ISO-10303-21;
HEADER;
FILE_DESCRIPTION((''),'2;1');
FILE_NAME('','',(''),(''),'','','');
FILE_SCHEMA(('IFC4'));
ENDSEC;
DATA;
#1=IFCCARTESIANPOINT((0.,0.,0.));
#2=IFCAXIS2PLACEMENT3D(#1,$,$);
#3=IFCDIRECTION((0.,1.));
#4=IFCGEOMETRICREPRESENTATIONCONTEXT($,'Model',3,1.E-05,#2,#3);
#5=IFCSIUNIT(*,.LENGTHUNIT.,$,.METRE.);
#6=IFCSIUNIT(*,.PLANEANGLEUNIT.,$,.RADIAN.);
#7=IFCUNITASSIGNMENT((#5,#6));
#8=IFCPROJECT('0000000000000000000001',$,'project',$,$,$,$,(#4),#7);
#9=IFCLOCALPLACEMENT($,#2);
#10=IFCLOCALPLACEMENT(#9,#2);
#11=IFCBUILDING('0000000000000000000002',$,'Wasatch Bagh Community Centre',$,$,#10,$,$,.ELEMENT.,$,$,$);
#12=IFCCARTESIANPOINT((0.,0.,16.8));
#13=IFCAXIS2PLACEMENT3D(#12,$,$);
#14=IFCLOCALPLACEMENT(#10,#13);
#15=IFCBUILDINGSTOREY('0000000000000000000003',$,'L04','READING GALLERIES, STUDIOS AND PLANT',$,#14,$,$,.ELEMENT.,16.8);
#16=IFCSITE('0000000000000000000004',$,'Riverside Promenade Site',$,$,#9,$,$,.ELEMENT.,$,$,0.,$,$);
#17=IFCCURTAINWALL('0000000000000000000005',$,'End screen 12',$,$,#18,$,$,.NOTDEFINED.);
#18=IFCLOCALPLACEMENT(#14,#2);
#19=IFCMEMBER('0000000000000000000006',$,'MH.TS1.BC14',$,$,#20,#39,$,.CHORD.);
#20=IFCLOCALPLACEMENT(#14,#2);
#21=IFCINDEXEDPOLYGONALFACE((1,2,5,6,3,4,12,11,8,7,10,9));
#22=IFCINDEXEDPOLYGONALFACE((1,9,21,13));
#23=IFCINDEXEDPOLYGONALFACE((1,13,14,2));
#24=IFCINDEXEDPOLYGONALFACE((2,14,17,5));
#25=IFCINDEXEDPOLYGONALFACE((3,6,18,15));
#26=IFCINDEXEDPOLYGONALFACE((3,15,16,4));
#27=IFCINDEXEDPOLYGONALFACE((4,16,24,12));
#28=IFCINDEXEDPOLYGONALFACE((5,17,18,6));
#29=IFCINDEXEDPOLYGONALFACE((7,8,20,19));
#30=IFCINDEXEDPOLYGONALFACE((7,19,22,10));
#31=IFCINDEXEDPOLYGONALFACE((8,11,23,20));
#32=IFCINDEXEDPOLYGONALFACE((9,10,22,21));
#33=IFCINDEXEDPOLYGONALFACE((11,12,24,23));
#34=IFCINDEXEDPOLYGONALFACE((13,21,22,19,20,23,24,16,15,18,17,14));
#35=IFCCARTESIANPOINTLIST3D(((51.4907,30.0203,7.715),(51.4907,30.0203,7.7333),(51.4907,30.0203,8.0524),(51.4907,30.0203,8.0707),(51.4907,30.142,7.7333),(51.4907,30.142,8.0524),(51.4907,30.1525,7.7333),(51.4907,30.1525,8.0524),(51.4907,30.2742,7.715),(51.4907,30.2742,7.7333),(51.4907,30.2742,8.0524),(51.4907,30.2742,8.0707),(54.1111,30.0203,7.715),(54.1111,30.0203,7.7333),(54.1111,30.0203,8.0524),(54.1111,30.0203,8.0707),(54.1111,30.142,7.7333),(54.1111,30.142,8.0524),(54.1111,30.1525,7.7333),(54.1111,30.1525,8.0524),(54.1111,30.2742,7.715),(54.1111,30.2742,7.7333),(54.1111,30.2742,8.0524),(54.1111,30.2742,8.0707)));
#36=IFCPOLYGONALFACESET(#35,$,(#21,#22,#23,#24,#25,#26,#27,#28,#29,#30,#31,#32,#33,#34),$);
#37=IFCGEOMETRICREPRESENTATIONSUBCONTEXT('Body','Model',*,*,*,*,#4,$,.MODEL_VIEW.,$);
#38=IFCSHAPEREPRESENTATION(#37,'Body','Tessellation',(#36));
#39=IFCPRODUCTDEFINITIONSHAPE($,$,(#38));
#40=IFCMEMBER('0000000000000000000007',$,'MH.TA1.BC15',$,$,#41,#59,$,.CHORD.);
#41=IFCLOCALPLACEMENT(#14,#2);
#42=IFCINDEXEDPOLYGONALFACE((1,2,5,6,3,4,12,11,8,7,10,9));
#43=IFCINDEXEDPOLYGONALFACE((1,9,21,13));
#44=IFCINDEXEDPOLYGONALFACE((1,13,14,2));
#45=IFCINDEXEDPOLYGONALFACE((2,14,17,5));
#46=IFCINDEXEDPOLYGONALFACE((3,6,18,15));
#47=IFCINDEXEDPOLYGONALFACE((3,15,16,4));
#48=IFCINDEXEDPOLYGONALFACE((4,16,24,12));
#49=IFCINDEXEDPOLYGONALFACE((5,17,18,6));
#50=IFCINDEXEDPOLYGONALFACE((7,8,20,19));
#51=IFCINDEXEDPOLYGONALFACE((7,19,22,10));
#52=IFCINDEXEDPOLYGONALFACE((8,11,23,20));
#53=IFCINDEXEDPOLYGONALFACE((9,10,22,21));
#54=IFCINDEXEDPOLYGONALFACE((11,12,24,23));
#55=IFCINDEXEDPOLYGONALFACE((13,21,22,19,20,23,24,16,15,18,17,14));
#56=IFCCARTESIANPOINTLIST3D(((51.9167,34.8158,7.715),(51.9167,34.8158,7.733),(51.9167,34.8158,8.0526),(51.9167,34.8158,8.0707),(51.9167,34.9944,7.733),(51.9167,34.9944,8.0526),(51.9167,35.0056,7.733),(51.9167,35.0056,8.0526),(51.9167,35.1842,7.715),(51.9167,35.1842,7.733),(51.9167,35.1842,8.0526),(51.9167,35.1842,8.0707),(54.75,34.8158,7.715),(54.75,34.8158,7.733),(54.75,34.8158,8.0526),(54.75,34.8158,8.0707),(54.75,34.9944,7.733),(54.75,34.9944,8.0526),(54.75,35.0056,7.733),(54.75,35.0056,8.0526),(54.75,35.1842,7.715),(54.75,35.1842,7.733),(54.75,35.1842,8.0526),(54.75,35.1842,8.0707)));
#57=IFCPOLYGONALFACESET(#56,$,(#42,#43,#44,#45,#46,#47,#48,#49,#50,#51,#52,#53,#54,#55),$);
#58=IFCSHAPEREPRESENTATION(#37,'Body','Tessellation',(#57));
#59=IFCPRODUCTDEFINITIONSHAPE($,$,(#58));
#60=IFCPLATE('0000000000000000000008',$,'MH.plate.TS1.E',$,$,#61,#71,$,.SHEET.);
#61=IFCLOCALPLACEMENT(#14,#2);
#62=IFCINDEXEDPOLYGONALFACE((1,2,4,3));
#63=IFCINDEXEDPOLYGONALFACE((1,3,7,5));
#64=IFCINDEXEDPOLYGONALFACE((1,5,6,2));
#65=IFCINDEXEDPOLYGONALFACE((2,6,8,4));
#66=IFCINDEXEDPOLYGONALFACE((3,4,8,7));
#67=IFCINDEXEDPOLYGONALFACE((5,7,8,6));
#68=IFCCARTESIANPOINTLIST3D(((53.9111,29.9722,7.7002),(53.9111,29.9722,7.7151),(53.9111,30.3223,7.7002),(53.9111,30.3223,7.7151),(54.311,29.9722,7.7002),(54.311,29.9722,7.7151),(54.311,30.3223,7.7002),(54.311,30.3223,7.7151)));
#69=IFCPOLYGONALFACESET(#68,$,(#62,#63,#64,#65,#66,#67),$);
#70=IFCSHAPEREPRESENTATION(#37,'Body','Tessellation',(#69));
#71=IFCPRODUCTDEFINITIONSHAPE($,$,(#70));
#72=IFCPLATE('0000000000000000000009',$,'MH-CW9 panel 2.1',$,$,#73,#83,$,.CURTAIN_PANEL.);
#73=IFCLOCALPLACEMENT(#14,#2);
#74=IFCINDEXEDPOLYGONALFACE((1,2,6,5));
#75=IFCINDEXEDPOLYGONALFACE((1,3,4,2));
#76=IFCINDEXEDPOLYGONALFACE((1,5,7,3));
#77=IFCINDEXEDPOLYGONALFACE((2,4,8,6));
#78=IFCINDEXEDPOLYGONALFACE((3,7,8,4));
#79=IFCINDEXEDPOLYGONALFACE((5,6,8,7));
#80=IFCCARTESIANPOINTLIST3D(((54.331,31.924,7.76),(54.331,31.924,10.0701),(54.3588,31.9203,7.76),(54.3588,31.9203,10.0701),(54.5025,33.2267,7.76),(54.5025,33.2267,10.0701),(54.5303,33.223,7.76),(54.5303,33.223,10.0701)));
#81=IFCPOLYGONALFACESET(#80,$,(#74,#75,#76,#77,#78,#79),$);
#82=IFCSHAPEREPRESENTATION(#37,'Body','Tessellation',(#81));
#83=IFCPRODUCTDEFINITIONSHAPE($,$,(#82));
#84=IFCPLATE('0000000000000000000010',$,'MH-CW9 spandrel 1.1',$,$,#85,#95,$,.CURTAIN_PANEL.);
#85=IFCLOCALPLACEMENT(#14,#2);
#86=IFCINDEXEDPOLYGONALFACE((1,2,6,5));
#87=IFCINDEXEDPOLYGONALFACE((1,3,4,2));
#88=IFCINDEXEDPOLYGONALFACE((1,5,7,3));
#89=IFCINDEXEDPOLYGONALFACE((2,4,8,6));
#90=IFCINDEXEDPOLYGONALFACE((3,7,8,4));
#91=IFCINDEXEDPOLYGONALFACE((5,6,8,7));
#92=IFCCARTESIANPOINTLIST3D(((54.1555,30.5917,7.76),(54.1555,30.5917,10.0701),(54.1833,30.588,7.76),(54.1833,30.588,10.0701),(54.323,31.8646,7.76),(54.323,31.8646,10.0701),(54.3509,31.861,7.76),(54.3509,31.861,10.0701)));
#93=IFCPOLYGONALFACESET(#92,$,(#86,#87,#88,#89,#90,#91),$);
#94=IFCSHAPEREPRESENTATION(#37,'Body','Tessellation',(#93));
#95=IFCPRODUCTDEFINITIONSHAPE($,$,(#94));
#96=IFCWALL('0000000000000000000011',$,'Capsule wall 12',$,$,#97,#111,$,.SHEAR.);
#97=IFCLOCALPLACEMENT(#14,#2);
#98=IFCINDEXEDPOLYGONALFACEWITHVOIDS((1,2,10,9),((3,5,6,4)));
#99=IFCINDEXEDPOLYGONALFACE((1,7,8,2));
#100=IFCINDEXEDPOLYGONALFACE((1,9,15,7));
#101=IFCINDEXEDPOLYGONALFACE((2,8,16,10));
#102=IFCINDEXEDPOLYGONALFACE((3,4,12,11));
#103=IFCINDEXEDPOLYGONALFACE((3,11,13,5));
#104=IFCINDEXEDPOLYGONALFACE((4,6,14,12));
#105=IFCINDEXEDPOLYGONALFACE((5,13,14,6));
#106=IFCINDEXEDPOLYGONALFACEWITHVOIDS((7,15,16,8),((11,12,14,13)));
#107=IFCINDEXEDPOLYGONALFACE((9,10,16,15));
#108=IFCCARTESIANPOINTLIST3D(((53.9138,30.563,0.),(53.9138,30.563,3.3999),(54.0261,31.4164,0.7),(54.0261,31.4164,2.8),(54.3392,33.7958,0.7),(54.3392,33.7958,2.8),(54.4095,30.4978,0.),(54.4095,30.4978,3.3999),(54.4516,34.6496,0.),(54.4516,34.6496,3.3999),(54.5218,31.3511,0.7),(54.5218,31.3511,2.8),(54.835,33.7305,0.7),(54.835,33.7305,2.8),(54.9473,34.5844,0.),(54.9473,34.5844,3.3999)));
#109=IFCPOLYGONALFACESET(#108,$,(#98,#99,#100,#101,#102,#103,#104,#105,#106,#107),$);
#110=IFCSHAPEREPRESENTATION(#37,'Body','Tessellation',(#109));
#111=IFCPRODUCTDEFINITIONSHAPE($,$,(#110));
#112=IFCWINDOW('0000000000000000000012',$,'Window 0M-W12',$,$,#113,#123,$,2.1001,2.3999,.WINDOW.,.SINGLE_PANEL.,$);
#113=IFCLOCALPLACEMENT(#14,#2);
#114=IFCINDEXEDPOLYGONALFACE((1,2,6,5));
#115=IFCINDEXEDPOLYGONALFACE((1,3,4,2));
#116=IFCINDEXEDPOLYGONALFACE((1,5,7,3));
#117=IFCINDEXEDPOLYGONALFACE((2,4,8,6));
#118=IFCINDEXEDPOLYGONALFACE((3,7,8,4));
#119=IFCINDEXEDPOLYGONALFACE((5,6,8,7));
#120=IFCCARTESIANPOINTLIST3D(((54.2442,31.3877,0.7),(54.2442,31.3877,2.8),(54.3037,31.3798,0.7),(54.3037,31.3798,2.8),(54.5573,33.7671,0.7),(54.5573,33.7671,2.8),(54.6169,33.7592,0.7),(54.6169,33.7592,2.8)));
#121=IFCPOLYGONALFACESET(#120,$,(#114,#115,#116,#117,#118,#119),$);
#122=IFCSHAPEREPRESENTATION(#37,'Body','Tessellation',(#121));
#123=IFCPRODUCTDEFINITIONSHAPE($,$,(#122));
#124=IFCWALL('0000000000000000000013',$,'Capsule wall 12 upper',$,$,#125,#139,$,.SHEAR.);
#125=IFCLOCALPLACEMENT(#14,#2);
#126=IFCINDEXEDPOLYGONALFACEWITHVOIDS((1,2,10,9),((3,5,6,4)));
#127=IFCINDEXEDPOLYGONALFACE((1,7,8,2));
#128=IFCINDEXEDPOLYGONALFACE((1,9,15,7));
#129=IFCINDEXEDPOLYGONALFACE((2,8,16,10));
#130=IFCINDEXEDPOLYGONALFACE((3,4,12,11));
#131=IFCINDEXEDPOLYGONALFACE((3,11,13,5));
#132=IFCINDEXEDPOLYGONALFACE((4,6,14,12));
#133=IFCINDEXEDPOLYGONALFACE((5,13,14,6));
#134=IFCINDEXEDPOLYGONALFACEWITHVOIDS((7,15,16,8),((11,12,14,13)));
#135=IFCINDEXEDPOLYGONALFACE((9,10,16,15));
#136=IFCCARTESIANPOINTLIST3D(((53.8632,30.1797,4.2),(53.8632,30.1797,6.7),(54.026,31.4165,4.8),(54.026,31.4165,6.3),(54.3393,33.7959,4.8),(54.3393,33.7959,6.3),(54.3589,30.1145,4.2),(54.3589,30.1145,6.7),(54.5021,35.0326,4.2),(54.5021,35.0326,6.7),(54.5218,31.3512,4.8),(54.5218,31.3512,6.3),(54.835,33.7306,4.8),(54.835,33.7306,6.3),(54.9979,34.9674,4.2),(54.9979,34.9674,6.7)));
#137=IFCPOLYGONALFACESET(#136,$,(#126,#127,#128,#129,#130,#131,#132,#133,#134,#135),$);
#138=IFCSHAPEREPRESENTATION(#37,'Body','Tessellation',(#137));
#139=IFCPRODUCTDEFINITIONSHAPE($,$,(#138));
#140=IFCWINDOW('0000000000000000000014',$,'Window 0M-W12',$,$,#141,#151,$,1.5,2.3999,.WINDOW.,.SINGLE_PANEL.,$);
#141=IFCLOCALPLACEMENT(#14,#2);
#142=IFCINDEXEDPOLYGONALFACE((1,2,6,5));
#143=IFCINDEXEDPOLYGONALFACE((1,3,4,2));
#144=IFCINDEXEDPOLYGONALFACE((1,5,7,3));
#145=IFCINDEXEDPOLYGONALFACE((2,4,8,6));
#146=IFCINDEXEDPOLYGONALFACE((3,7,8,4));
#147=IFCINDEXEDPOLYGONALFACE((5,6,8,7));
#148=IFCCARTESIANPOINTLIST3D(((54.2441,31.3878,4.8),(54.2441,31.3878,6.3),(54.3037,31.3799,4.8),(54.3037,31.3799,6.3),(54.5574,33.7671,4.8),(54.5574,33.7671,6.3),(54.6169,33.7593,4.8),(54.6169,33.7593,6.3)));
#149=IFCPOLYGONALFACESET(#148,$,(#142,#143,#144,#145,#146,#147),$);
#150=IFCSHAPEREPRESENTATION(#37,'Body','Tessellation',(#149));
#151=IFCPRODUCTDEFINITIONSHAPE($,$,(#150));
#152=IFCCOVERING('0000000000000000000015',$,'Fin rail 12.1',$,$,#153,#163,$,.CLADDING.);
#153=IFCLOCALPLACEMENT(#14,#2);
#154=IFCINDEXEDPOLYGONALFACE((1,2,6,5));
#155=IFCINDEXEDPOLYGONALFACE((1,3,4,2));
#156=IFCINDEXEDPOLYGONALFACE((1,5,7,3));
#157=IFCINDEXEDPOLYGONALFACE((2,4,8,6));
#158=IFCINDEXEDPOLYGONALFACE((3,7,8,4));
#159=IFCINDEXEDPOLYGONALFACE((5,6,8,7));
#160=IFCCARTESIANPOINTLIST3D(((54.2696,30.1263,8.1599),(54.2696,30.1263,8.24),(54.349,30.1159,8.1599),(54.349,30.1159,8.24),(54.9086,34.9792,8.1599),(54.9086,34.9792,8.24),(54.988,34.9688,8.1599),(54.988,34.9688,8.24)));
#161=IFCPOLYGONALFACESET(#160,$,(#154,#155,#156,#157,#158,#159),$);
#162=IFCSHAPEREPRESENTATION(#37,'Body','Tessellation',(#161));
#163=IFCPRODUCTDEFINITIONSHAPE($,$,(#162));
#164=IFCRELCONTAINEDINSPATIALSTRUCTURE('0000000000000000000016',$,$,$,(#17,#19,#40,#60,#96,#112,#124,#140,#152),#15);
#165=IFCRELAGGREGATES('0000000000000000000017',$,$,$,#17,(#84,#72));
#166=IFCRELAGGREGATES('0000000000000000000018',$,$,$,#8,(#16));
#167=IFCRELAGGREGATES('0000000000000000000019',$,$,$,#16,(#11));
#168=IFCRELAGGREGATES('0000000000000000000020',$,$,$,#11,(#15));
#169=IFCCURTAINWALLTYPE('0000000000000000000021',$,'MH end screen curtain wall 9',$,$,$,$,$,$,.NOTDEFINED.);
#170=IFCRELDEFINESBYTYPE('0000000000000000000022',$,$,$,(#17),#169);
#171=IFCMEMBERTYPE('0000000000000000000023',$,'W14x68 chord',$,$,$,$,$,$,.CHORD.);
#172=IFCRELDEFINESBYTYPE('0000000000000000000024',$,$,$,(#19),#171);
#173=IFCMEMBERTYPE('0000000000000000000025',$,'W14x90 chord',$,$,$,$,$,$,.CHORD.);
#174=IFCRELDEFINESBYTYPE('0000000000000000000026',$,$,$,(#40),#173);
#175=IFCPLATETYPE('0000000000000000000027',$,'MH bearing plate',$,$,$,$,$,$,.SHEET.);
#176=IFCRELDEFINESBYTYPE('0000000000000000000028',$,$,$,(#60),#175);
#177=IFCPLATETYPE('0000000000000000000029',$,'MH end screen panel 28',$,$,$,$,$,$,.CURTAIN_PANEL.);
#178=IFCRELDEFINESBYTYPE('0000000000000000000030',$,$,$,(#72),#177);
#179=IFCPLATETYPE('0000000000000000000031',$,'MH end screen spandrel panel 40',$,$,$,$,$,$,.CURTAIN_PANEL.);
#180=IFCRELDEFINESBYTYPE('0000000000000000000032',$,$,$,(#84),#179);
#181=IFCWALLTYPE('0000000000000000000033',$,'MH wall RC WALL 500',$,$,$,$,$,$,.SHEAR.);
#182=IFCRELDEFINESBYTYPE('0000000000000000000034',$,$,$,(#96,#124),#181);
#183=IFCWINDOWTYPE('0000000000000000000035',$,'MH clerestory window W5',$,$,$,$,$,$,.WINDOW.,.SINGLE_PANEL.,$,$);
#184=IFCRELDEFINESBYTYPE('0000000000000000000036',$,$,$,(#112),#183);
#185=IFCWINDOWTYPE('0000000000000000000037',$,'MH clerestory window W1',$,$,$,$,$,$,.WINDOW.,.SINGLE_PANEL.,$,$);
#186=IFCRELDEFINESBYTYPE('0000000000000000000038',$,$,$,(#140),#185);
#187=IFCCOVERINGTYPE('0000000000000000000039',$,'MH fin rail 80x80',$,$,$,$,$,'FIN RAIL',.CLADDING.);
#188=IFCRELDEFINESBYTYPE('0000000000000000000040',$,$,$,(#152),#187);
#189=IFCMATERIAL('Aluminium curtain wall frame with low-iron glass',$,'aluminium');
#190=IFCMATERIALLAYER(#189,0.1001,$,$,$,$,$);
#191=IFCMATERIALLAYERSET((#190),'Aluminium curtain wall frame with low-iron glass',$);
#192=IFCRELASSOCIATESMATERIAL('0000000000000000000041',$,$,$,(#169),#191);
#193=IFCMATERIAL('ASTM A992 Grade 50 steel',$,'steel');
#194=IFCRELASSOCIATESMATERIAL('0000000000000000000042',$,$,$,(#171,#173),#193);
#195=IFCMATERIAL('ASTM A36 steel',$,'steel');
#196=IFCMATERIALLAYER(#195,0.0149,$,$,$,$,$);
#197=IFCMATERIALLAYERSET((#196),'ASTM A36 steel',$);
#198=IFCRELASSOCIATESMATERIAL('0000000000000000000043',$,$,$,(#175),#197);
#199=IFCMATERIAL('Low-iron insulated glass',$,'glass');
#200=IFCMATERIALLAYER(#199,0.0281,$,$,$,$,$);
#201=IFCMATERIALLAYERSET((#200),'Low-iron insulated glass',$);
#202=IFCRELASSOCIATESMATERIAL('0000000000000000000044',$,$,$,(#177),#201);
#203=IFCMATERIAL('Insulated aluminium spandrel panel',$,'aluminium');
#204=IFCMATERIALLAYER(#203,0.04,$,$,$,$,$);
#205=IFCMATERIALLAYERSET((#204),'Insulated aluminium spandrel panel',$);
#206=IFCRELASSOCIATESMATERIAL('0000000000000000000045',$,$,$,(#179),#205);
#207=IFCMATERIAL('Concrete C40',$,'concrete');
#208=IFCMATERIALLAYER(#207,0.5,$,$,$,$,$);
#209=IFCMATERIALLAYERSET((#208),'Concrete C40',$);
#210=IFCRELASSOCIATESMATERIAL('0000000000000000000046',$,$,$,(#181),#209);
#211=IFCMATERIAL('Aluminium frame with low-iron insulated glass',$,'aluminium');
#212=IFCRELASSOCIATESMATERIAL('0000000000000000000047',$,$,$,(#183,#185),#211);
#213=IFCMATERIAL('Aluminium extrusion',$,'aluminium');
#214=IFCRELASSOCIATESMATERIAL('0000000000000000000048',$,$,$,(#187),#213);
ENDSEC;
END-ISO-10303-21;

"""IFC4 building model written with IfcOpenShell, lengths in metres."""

from ifc_helpers import new_model, si_unit, direction, frame, frame_2d, origin, origin_2d, place, context, subcontext, project, spatial, rectangle, i_section, extrude, material, layer, layer_set, material_profile, profile_set, type_object, element, fill, aggregate, save


model = new_model("IFC4")

# Units and contexts
model_context = context("Model", 3, precision=1e-05, world=origin(), true_north=direction((0.0, 1.0)))
body_context = subcontext(model_context, "Body", "Model", "MODEL_VIEW")
ifc_project = project(units=[si_unit("LENGTHUNIT", "METRE"), si_unit("PLANEANGLEUNIT", "RADIAN")], contexts=[model_context])

# Site, building, storey
site_placement = place(None, origin())
site = spatial("IfcSite", under=ifc_project, at=site_placement, Name="Riverside Promenade Site", CompositionType="ELEMENT", RefElevation=0.0)
building_placement = place(site_placement, origin())
building = spatial("IfcBuilding", under=site, at=building_placement, Name="Wasatch Bagh Community Centre", CompositionType="ELEMENT")
storey_placement = place(building_placement, frame((0.0, 0.0, 16.8)))
storey = spatial("IfcBuildingStorey", under=building, at=storey_placement, Name="L04", Description="READING GALLERIES, STUDIOS AND PLANT", CompositionType="ELEMENT", Elevation=16.8)

# Shared definitions
ifc_material_1 = material(Name="Concrete C40", Category="concrete")

# Curtain wall
ifc_material_2 = material(Name="Aluminium curtain wall frame with low-iron glass", Category="aluminium")
ifc_layer_1 = layer(ifc_material_2, 0.1001)
ifc_layer_set_1 = layer_set([ifc_layer_1], Name="Aluminium curtain wall frame with low-iron glass")
curtain_wall_type = type_object("IfcCurtainWallType", Name="MH end screen curtain wall 9", PredefinedType="NOTDEFINED", material=ifc_layer_set_1)
curtain_wall_placement = place(storey_placement, origin())
curtain_wall = element("IfcCurtainWall", 1, at=curtain_wall_placement, inside=storey, type_object=curtain_wall_type, Name="End screen 12", PredefinedType="NOTDEFINED")
ifc_material_3 = material(Name="Aluminium extrusion", Category="aluminium")

# Members
ifc_material_4 = material(Name="ASTM A992 Grade 50 steel", Category="steel")
ifc_material_profile_1 = material_profile(ifc_material_4, i_section(OverallWidth=0.2539, OverallDepth=0.3557, WebThickness=0.0105, FlangeThickness=0.0183, at=origin_2d()), Name="W14x68")
ifc_profile_set_1 = profile_set([ifc_material_profile_1], Name="ASTM A992 Grade 50 steel")
member_type_1 = type_object("IfcMemberType", Name="W14x68 chord", PredefinedType="CHORD", material=ifc_profile_set_1)
member_1_placement = place(storey_placement, frame((51.4907, 30.1472, 7.8928), z_axis=(1.0, 0.0, 0.0), x_axis=(0.0, 1.0, 0.0)))
element("IfcMember", 2, at=member_1_placement, inside=storey, type_object=member_type_1, Name="MH.TS1.BC14", PredefinedType="CHORD", context=body_context, shape_type="SweptSolid", body=[
    extrude(i_section(OverallWidth=0.2539, OverallDepth=0.3557, WebThickness=0.0105, FlangeThickness=0.0183, at=origin_2d()), origin(), (0.0, 0.0, 1.0), 2.6204),
])
ifc_material_profile_2 = material_profile(ifc_material_4, i_section(OverallWidth=0.3684, OverallDepth=0.3557, WebThickness=0.0112, FlangeThickness=0.0181, at=origin_2d()), Name="W14x90")
ifc_profile_set_2 = profile_set([ifc_material_profile_2], Name="ASTM A992 Grade 50 steel")
member_type_2 = type_object("IfcMemberType", Name="W14x90 chord", PredefinedType="CHORD", material=ifc_profile_set_2)
member_2_placement = place(storey_placement, frame((51.9167, 35.0, 7.8928), z_axis=(1.0, 0.0, 0.0), x_axis=(0.0, 1.0, 0.0)))
element("IfcMember", 3, at=member_2_placement, inside=storey, type_object=member_type_2, Name="MH.TA1.BC15", PredefinedType="CHORD", context=body_context, shape_type="SweptSolid", body=[
    extrude(i_section(OverallWidth=0.3684, OverallDepth=0.3557, WebThickness=0.0112, FlangeThickness=0.0181, at=origin_2d()), origin(), (0.0, 0.0, 1.0), 2.8333),
])

# Plates
ifc_material_5 = material(Name="ASTM A36 steel", Category="steel")
ifc_layer_2 = layer(ifc_material_5, 0.0149)
ifc_layer_set_2 = layer_set([ifc_layer_2], Name="ASTM A36 steel")
plate_type_1 = type_object("IfcPlateType", Name="MH bearing plate", PredefinedType="SHEET", material=ifc_layer_set_2)
plate_1_placement = place(storey_placement, frame((54.1111, 30.1472, 7.7002), z_axis=(0.0, 0.0, 1.0), x_axis=(1.0, 0.0, 0.0)))
element("IfcPlate", 4, at=plate_1_placement, inside=storey, type_object=plate_type_1, Name="MH.plate.TS1.E", PredefinedType="SHEET", context=body_context, shape_type="SweptSolid", body=[
    extrude(rectangle(XDim=0.3999, YDim=0.3501, at=origin_2d()), origin(), (0.0, 0.0, 1.0), 0.0149),
])
ifc_material_6 = material(Name="Low-iron insulated glass", Category="glass")
ifc_layer_3 = layer(ifc_material_6, 0.0281)
ifc_layer_set_3 = layer_set([ifc_layer_3], Name="Low-iron insulated glass")
plate_type_2 = type_object("IfcPlateType", Name="MH end screen panel 28", PredefinedType="CURTAIN_PANEL", material=ifc_layer_set_3)
plate_2_placement = place(storey_placement, frame((54.4307, 32.5735, 7.76), z_axis=(0.0, 0.0, 1.0), x_axis=(0.130526, 0.991445, 0.0)))
plate_2 = element("IfcPlate", 5, at=plate_2_placement, type_object=plate_type_2, Name="MH-CW9 panel 2.1", PredefinedType="CURTAIN_PANEL", context=body_context, shape_type="SweptSolid", body=[
    extrude(rectangle(XDim=1.314, YDim=0.0281, at=origin_2d()), origin(), (0.0, 0.0, 1.0), 2.3101),
])
ifc_material_7 = material(Name="Insulated aluminium spandrel panel", Category="aluminium")
ifc_layer_4 = layer(ifc_material_7, 0.04)
ifc_layer_set_4 = layer_set([ifc_layer_4], Name="Insulated aluminium spandrel panel")
plate_type_3 = type_object("IfcPlateType", Name="MH end screen spandrel panel 40", PredefinedType="CURTAIN_PANEL", material=ifc_layer_set_4)
plate_3_placement = place(storey_placement, frame((54.2532, 31.2263, 7.76), z_axis=(0.0, 0.0, 1.0), x_axis=(0.130526, 0.991445, 0.0)))
plate_3 = element("IfcPlate", 6, at=plate_3_placement, type_object=plate_type_3, Name="MH-CW9 spandrel 1.1", PredefinedType="CURTAIN_PANEL", context=body_context, shape_type="SweptSolid", body=[
    extrude(rectangle(XDim=1.2839, YDim=0.0281, at=origin_2d()), origin(), (0.0, 0.0, 1.0), 2.3101),
])
aggregate(curtain_wall, [plate_3, plate_2])

# Walls, openings, windows
ifc_layer_5 = layer(ifc_material_1, 0.5)
ifc_layer_set_5 = layer_set([ifc_layer_5], Name="Concrete C40")
wall_type = type_object("IfcWallType", Name="MH wall RC WALL 500", PredefinedType="SHEAR", material=ifc_layer_set_5)
wall_1_placement = place(storey_placement, frame((54.1616, 30.5303, 0.0), z_axis=(0.0, 0.0, 1.0), x_axis=(0.130484, 0.99145, 0.0)))
wall_1 = element("IfcWall", 7, at=wall_1_placement, inside=storey, type_object=wall_type, Name="Capsule wall 12", PredefinedType="SHEAR", context=body_context, shape_type="SweptSolid", body=[
    extrude(rectangle(XDim=4.1218, YDim=0.5, at=frame_2d((2.061, 0.0))), origin(), (0.0, 0.0, 1.0), 3.3999),
])
opening_1_placement = place(wall_1_placement, frame((0.8608, 0.0, 0.7)))
opening_1 = element("IfcOpeningElement", 8, at=opening_1_placement, cuts=wall_1, PredefinedType="OPENING", context=body_context, shape_type="SweptSolid", body=[
    extrude(rectangle(XDim=2.3999, YDim=2.1001, at=frame_2d((1.2, 1.05))), frame((0.0, 0.26, 0.0), z_axis=(0.0, -1.0, 0.0), x_axis=(1.0, 0.0, 0.0)), (0.0, 0.0, 1.0), 0.52),
])
ifc_material_8 = material(Name="Aluminium frame with low-iron insulated glass", Category="aluminium")
window_type_1 = type_object("IfcWindowType", Name="MH clerestory window W5", PartitioningType="SINGLE_PANEL", PredefinedType="WINDOW", material=ifc_material_8)
window_1_placement = place(opening_1_placement, origin())
window_1 = element("IfcWindow", 9, at=window_1_placement, inside=storey, type_object=window_type_1, Name="Window 0M-W12", OverallHeight=2.1001, OverallWidth=2.3999, PartitioningType="SINGLE_PANEL", PredefinedType="WINDOW", context=body_context, shape_type="SweptSolid", body=[
    extrude(rectangle(XDim=2.3999, YDim=2.1001, at=frame_2d((1.2, 1.05))), frame((0.0, 0.03, 0.0), z_axis=(0.0, -1.0, 0.0), x_axis=(1.0, 0.0, 0.0)), (0.0, 0.0, 1.0), 0.0601),
])
fill(opening_1, window_1)
wall_2_placement = place(storey_placement, frame((54.1111, 30.1472, 4.2), z_axis=(0.0, 0.0, 1.0), x_axis=(0.130533, 0.991444, 0.0)))
wall_2 = element("IfcWall", 10, at=wall_2_placement, inside=storey, type_object=wall_type, Name="Capsule wall 12 upper", PredefinedType="SHEAR", context=body_context, shape_type="SweptSolid", body=[
    extrude(rectangle(XDim=4.8948, YDim=0.5, at=frame_2d((2.4473, 0.0))), origin(), (0.0, 0.0, 1.0), 2.5),
])
opening_2_placement = place(wall_2_placement, frame((1.2473, 0.0, 0.6001)))
opening_2 = element("IfcOpeningElement", 11, at=opening_2_placement, cuts=wall_2, PredefinedType="OPENING", context=body_context, shape_type="SweptSolid", body=[
    extrude(rectangle(XDim=2.3999, YDim=1.5, at=frame_2d((1.2, 0.75))), frame((0.0, 0.26, 0.0), z_axis=(0.0, -1.0, 0.0), x_axis=(1.0, 0.0, 0.0)), (0.0, 0.0, 1.0), 0.52),
])
window_type_2 = type_object("IfcWindowType", Name="MH clerestory window W1", PartitioningType="SINGLE_PANEL", PredefinedType="WINDOW", material=ifc_material_8)
window_2_placement = place(opening_2_placement, origin())
window_2 = element("IfcWindow", 12, at=window_2_placement, inside=storey, type_object=window_type_2, Name="Window 0M-W12", OverallHeight=1.5, OverallWidth=2.3999, PartitioningType="SINGLE_PANEL", PredefinedType="WINDOW", context=body_context, shape_type="SweptSolid", body=[
    extrude(rectangle(XDim=2.3999, YDim=1.5, at=frame_2d((1.2, 0.75))), frame((0.0, 0.03, 0.0), z_axis=(0.0, -1.0, 0.0), x_axis=(1.0, 0.0, 0.0)), (0.0, 0.0, 1.0), 0.0601),
])
fill(opening_2, window_2)

# Covering
ifc_material_profile_3 = material_profile(ifc_material_3, rectangle(XDim=0.0801, YDim=0.0801, at=origin_2d()), Name="AL 80x80")
ifc_profile_set_3 = profile_set([ifc_material_profile_3], Name="Aluminium extrusion")
covering_type = type_object("IfcCoveringType", Name="MH fin rail 80x80", ElementType="FIN RAIL", PredefinedType="CLADDING", material=ifc_profile_set_3)
covering_placement = place(storey_placement, frame((54.3093, 30.1211, 8.2), z_axis=(0.130533, 0.991444, 0.0), x_axis=(-0.991444, 0.130533, 0.0)))
element("IfcCovering", 13, at=covering_placement, inside=storey, type_object=covering_type, Name="Fin rail 12.1", PredefinedType="CLADDING", context=body_context, shape_type="SweptSolid", body=[
    extrude(rectangle(XDim=0.0801, YDim=0.0801, at=origin_2d()), origin(), (0.0, 0.0, 1.0), 4.8948),
])

save(model, "model.ifc")
